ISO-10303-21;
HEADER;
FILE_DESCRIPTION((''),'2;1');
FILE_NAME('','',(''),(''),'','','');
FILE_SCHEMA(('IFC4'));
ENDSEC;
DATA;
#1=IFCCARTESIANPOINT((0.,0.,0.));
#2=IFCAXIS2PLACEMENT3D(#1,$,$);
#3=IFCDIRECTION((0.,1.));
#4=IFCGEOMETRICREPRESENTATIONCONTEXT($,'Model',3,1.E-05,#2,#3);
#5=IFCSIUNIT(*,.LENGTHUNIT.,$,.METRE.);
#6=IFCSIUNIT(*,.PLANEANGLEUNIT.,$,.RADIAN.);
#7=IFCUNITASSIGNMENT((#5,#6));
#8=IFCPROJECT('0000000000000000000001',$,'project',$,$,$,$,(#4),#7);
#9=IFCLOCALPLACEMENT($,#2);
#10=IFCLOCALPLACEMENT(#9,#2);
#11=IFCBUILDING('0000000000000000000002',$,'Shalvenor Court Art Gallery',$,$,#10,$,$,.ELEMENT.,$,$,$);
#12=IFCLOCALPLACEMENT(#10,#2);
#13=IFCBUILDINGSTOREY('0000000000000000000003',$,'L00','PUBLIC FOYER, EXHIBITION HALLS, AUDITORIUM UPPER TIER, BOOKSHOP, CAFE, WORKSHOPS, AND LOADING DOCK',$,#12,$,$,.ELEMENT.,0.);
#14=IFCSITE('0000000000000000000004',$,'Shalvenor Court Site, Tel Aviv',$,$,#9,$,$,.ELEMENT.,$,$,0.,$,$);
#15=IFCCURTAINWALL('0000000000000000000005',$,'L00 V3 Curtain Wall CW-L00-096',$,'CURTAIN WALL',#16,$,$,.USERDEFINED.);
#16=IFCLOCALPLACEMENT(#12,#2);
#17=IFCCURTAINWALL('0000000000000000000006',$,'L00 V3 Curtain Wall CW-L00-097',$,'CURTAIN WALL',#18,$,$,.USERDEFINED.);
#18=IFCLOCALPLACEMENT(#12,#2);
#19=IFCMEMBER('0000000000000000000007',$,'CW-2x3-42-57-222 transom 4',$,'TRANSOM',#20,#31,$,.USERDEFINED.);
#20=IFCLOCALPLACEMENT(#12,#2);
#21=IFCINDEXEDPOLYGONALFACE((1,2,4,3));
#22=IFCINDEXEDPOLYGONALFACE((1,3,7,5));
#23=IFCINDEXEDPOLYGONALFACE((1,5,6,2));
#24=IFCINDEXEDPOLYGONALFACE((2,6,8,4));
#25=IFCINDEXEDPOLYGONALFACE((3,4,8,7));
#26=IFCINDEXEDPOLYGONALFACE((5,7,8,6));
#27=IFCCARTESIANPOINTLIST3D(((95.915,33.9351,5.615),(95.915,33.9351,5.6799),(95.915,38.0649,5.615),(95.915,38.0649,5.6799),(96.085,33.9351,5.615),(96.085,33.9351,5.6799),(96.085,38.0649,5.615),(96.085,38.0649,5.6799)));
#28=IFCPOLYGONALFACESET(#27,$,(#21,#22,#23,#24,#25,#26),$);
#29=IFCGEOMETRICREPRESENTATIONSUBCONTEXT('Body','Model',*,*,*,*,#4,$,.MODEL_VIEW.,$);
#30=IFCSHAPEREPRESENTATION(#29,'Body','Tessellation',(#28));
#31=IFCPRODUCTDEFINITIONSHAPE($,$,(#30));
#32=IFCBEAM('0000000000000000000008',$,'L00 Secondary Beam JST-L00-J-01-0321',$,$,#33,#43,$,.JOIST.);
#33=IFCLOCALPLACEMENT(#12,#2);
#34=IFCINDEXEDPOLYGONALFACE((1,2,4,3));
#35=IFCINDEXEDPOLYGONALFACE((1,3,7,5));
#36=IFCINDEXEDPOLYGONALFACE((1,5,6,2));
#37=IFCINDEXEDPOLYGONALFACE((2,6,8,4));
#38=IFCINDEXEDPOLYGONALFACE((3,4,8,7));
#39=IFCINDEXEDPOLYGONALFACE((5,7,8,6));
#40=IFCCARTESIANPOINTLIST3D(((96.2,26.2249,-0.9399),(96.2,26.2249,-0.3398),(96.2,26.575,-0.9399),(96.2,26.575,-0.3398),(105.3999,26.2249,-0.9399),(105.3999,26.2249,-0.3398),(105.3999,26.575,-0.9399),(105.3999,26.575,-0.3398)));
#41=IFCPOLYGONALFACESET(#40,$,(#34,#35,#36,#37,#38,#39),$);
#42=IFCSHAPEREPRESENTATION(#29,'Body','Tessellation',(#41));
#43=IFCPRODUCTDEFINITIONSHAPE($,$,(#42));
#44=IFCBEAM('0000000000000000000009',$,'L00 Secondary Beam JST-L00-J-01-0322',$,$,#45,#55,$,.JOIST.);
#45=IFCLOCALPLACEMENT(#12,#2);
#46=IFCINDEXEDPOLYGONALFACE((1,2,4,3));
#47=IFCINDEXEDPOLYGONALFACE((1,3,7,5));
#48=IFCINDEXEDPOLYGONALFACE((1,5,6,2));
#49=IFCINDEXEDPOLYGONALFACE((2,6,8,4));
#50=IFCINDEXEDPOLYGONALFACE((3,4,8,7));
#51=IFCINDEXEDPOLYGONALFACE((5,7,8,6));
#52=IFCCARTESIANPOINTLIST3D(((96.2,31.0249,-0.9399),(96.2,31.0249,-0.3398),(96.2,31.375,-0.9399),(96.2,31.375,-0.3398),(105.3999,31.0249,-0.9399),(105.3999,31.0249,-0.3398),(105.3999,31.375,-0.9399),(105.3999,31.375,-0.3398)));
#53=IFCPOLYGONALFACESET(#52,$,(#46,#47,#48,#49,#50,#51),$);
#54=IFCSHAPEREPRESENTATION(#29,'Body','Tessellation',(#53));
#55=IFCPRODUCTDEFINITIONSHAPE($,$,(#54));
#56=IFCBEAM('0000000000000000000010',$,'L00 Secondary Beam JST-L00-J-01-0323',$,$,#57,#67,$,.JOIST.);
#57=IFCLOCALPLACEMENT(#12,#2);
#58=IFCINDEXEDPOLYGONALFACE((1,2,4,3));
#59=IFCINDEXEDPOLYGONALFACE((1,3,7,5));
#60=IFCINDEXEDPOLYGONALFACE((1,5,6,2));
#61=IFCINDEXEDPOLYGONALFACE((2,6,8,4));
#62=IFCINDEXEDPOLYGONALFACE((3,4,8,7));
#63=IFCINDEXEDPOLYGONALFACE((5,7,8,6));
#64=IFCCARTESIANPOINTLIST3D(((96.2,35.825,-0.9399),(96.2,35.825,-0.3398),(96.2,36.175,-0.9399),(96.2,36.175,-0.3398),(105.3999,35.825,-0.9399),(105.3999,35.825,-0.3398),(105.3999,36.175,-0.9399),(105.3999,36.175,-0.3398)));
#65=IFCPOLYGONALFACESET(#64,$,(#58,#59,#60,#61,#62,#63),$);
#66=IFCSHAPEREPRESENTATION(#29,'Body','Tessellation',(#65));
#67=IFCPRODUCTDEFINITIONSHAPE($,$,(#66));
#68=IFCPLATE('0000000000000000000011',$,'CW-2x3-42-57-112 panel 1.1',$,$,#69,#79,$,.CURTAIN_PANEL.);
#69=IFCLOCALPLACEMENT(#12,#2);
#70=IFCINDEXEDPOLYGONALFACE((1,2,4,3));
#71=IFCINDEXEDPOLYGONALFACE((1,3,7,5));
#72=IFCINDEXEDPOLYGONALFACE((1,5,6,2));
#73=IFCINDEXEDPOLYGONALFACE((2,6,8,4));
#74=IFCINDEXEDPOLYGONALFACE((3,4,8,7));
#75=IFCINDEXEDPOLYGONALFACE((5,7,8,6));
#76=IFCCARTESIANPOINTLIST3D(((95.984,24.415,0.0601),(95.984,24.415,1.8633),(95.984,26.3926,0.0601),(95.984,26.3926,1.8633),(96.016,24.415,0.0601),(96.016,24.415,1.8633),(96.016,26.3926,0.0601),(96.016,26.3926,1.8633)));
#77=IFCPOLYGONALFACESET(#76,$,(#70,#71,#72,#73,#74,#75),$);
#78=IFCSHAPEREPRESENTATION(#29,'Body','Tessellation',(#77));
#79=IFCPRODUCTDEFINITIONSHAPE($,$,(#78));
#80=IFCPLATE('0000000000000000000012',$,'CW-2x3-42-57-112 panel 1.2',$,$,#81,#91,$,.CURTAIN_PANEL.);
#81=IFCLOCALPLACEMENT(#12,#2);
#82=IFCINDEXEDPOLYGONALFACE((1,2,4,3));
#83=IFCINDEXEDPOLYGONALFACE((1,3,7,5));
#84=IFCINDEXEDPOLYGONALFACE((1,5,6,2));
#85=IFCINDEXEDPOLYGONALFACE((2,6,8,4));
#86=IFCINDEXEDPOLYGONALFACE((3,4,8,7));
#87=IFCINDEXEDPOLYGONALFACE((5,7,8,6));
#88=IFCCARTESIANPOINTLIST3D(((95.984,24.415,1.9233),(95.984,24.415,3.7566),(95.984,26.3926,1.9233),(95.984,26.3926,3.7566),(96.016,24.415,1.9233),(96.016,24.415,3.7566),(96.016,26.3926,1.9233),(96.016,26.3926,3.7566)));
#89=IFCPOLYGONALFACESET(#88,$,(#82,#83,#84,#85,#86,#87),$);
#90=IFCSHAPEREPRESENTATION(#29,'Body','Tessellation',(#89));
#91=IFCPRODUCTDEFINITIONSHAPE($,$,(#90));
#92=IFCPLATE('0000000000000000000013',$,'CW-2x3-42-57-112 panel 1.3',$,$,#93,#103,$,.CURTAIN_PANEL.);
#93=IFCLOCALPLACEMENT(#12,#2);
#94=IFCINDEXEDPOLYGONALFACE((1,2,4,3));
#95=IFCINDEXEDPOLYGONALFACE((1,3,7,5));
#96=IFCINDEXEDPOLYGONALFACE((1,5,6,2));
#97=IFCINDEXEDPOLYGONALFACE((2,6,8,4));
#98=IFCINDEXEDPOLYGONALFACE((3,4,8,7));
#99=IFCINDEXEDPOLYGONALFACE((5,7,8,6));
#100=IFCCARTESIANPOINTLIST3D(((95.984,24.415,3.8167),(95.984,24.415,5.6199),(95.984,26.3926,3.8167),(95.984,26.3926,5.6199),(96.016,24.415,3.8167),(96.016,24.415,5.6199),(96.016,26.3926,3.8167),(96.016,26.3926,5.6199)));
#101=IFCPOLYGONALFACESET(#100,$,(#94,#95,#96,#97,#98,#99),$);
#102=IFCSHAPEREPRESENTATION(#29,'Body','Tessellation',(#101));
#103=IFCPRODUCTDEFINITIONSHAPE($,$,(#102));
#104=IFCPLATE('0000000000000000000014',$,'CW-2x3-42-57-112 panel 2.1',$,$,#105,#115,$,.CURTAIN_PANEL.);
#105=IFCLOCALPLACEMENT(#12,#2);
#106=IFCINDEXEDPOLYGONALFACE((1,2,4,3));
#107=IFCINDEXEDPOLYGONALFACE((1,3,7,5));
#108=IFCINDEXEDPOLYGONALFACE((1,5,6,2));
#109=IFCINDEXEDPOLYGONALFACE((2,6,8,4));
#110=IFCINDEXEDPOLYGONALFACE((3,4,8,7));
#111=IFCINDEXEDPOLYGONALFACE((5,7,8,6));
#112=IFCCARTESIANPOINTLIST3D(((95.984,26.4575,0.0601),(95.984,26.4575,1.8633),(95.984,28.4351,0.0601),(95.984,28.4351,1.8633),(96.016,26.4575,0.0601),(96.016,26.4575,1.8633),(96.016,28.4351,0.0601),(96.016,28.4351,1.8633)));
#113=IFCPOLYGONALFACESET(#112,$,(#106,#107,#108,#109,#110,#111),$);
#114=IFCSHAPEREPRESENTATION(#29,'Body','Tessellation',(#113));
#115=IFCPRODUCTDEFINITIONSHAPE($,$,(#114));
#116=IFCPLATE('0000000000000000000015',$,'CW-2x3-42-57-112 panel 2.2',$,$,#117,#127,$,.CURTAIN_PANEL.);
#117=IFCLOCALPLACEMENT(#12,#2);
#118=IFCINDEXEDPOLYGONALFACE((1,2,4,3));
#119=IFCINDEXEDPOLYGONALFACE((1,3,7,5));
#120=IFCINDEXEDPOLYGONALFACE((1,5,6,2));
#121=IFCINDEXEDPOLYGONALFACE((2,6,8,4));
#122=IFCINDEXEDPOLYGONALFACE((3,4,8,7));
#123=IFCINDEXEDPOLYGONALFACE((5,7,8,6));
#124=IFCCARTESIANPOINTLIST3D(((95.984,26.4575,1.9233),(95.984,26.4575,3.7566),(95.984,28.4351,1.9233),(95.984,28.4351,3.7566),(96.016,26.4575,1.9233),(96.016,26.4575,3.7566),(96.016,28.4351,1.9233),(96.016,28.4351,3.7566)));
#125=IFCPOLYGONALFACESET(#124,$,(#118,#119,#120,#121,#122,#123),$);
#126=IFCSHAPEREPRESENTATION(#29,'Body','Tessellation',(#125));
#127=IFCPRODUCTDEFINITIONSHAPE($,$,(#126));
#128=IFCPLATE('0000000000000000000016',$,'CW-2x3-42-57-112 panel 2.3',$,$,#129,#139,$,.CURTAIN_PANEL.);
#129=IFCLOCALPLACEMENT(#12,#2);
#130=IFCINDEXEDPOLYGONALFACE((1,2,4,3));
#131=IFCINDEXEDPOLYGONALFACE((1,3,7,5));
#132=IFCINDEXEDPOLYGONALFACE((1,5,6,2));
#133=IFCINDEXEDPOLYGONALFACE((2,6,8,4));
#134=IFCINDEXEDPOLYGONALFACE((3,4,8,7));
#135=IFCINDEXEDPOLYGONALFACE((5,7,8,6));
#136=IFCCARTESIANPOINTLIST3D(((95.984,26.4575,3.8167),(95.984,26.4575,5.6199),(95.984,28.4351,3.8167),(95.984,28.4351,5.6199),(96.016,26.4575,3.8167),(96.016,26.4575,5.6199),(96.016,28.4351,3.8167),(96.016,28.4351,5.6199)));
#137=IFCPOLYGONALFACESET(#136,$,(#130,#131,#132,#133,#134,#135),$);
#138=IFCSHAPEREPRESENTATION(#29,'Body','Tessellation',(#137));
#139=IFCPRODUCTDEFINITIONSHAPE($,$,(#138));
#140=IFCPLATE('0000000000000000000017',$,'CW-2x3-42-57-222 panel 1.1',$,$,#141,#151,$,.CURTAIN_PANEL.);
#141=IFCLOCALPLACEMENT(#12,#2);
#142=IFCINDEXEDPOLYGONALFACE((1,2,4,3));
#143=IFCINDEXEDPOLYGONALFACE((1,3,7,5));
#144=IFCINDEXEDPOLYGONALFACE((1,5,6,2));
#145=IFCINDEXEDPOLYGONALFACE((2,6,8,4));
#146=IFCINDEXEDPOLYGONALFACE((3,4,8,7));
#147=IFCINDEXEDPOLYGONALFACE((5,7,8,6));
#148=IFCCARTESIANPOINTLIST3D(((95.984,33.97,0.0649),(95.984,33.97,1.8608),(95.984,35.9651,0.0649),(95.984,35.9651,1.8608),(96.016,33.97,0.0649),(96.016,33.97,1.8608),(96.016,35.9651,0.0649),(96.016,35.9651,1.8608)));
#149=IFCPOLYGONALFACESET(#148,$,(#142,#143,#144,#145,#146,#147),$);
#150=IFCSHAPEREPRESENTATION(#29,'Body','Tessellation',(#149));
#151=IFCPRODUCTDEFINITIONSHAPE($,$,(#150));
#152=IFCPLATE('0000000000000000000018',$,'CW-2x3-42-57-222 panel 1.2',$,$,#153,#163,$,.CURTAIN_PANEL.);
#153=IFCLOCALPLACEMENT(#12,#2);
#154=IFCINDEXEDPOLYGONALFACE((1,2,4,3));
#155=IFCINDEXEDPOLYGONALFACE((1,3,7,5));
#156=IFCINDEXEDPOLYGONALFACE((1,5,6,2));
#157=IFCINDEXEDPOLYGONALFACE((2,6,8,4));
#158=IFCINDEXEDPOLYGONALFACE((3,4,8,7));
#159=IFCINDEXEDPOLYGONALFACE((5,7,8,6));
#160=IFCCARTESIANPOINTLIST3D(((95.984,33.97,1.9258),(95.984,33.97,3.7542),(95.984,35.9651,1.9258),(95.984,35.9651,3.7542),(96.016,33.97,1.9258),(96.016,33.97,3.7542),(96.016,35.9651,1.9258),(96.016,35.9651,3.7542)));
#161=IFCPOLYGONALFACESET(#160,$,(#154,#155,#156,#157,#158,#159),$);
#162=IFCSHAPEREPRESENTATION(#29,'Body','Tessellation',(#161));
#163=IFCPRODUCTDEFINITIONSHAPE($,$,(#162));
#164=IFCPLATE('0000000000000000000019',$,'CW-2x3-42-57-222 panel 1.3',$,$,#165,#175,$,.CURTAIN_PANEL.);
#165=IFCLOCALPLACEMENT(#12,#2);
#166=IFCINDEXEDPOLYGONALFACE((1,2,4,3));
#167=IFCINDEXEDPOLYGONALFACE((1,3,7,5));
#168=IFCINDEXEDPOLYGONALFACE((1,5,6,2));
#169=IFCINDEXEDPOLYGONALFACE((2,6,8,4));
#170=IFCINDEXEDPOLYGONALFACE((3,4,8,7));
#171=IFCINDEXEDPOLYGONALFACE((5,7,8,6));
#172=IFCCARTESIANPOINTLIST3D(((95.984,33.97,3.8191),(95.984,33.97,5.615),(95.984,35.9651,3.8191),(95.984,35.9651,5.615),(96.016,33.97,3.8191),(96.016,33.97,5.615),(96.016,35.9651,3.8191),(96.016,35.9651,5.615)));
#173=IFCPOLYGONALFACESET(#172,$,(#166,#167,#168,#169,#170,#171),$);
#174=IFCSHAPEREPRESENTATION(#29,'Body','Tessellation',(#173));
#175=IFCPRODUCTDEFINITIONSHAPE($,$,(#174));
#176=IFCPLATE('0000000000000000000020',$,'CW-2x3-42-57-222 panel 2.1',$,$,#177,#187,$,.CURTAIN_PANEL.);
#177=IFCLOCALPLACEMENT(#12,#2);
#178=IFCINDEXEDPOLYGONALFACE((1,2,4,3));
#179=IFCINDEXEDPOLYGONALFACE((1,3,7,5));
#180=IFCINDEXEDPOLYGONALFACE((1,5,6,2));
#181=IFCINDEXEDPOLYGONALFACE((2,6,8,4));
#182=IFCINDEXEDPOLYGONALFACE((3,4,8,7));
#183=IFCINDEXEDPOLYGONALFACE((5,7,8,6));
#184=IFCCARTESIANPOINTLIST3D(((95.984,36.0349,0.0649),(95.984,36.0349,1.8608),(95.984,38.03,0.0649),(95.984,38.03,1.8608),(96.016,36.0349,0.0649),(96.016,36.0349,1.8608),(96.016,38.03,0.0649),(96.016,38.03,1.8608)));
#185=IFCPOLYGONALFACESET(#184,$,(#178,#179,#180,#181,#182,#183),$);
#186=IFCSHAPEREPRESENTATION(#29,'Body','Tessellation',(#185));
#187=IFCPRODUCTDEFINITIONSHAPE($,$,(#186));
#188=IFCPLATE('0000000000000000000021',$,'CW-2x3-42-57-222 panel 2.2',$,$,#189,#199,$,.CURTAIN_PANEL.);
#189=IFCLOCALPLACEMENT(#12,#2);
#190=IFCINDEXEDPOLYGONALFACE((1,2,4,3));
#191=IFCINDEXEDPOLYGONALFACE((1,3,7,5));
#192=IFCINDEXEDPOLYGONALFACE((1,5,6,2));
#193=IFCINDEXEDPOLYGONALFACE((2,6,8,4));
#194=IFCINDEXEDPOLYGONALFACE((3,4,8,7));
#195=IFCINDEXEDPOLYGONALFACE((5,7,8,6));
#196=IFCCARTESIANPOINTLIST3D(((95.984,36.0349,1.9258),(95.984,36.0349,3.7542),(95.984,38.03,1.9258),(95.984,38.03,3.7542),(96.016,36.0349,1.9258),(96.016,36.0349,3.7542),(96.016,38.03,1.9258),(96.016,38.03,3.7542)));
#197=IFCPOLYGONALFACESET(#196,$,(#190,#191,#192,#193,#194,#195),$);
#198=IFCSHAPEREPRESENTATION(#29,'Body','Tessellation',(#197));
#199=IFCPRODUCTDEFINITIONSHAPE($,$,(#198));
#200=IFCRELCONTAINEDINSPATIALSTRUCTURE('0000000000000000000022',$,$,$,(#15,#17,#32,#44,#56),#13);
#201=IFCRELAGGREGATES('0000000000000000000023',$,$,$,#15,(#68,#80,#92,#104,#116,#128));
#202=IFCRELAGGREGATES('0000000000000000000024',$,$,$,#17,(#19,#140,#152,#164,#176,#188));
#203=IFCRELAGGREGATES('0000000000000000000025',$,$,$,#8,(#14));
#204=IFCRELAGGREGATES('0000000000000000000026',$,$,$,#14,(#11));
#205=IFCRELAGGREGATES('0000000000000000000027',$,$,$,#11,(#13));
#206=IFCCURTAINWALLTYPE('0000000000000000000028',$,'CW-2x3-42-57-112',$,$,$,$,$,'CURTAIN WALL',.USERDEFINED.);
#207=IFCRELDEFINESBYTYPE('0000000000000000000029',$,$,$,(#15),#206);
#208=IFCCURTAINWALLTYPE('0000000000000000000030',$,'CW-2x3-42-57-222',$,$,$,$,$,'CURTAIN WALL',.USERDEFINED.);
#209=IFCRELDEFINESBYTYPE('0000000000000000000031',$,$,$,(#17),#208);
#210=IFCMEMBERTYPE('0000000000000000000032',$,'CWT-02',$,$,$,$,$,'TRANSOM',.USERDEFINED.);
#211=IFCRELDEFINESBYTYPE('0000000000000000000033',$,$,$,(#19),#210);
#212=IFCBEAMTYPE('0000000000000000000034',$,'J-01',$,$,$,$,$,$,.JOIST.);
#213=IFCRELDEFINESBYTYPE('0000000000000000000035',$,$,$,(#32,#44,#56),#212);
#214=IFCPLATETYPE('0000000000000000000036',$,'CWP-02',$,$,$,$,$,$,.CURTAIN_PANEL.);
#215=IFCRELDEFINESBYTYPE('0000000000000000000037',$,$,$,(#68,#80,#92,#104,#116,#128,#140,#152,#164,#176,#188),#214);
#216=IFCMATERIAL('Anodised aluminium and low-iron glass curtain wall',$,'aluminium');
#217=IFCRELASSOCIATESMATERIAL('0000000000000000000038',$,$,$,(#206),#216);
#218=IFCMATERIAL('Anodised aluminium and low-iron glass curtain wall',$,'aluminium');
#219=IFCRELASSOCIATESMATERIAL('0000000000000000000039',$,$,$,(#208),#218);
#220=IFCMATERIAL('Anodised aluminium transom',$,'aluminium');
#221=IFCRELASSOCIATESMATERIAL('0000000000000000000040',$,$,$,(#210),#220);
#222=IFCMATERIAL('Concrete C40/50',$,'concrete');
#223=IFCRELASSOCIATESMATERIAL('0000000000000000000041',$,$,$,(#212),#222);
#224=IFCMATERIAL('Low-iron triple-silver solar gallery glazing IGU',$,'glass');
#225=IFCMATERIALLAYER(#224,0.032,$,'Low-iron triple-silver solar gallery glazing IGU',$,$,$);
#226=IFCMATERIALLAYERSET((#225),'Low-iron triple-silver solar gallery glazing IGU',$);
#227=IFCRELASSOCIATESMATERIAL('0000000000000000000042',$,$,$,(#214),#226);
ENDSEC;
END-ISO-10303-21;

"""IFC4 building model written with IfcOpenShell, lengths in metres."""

from ifc_helpers import new_model, si_unit, direction, frame, origin, origin_2d, place, context, subcontext, project, spatial, rectangle, extrude, material, layer, layer_set, material_profile, profile_set, type_object, element, aggregate, save


model = new_model("IFC4")

# Units and contexts
model_context = context("Model", 3, precision=1e-05, world=origin(), true_north=direction((0.0, 1.0)))
body_context = subcontext(model_context, "Body", "Model", "MODEL_VIEW")
ifc_project = project(units=[si_unit("LENGTHUNIT", "METRE"), si_unit("PLANEANGLEUNIT", "RADIAN")], contexts=[model_context])

# Site, building, storey
site_placement = place(None, origin())
site = spatial("IfcSite", under=ifc_project, at=site_placement, Name="Shalvenor Court Site, Tel Aviv", CompositionType="ELEMENT", RefElevation=0.0)
building_placement = place(site_placement, origin())
building = spatial("IfcBuilding", under=site, at=building_placement, Name="Shalvenor Court Art Gallery", CompositionType="ELEMENT")
storey_placement = place(building_placement, origin())
storey = spatial("IfcBuildingStorey", under=building, at=storey_placement, Name="L00", Description="PUBLIC FOYER, EXHIBITION HALLS, AUDITORIUM UPPER TIER, BOOKSHOP, CAFE, WORKSHOPS, AND LOADING DOCK", CompositionType="ELEMENT", Elevation=0.0)

# Curtain walls
ifc_material_1 = material(Name="Anodised aluminium and low-iron glass curtain wall", Category="aluminium")
curtain_wall_type_1 = type_object("IfcCurtainWallType", Name="CW-2x3-42-57-112", ElementType="CURTAIN WALL", PredefinedType="USERDEFINED", material=ifc_material_1)
curtain_wall_1_placement = place(storey_placement, origin())
curtain_wall_1 = element("IfcCurtainWall", 1, at=curtain_wall_1_placement, inside=storey, type_object=curtain_wall_type_1, Name="L00 V3 Curtain Wall CW-L00-096", ObjectType="CURTAIN WALL", PredefinedType="USERDEFINED")
ifc_material_2 = material(Name="Anodised aluminium and low-iron glass curtain wall", Category="aluminium")
curtain_wall_type_2 = type_object("IfcCurtainWallType", Name="CW-2x3-42-57-222", ElementType="CURTAIN WALL", PredefinedType="USERDEFINED", material=ifc_material_2)
curtain_wall_2_placement = place(storey_placement, origin())
curtain_wall_2 = element("IfcCurtainWall", 2, at=curtain_wall_2_placement, inside=storey, type_object=curtain_wall_type_2, Name="L00 V3 Curtain Wall CW-L00-097", ObjectType="CURTAIN WALL", PredefinedType="USERDEFINED")

# Member
ifc_material_3 = material(Name="Anodised aluminium transom", Category="aluminium")
ifc_material_profile_1 = material_profile(ifc_material_3, rectangle(XDim=0.1699, YDim=0.0649, at=origin_2d()), Name="CWT-02")
ifc_profile_set_1 = profile_set([ifc_material_profile_1], Name="Anodised aluminium transom")
member_type_1 = type_object("IfcMemberType", Name="CWT-02", ElementType="TRANSOM", PredefinedType="USERDEFINED", material=ifc_profile_set_1)
member_1_placement = place(storey_placement, frame((96.0, 33.9351, 5.6475), z_axis=(0.0, 1.0, 0.0), x_axis=(-1.0, 0.0, 0.0)))
member_1 = element("IfcMember", 3, at=member_1_placement, type_object=member_type_1, Name="CW-2x3-42-57-222 transom 4", ObjectType="TRANSOM", PredefinedType="USERDEFINED", context=body_context, shape_type="SweptSolid", body=[
    extrude(rectangle(XDim=0.1699, YDim=0.0649, at=origin_2d()), origin(), (0.0, 0.0, 1.0), 4.1299),
])

# Beams
ifc_material_4 = material(Name="Concrete C40/50", Category="concrete")
ifc_material_profile_2 = material_profile(ifc_material_4, rectangle(XDim=0.3501, YDim=0.6001, at=origin_2d()), Name="RC 350x600")
ifc_profile_set_2 = profile_set([ifc_material_profile_2], Name="Concrete C40/50")
beam_type_1 = type_object("IfcBeamType", Name="J-01", PredefinedType="JOIST", material=ifc_profile_set_2)
for number, where, z_axis, x_axis, name in (
    (4, (96.2, 26.3999, -0.6399), (1.0, 0.0, 0.0), (0.0, 1.0, 0.0), "L00 Secondary Beam JST-L00-J-01-0321"),
    (5, (96.2, 31.2, -0.6399), (1.0, 0.0, 0.0), (0.0, 1.0, 0.0), "L00 Secondary Beam JST-L00-J-01-0322"),
    (6, (96.2, 36.0, -0.6399), (1.0, 0.0, 0.0), (0.0, 1.0, 0.0), "L00 Secondary Beam JST-L00-J-01-0323"),
):
    element("IfcBeam", number, at=place(storey_placement, frame(where, z_axis=z_axis, x_axis=x_axis)), inside=storey, type_object=beam_type_1, Name=name, PredefinedType="JOIST", context=body_context, shape_type="SweptSolid", body=[
        extrude(rectangle(XDim=0.3501, YDim=0.6001, at=origin_2d()), origin(), (0.0, 0.0, 1.0), 9.2),
    ])

# Plates
ifc_material_5 = material(Name="Low-iron triple-silver solar gallery glazing IGU", Category="glass")
ifc_layer_1 = layer(ifc_material_5, 0.032, Name="Low-iron triple-silver solar gallery glazing IGU")
ifc_layer_set_1 = layer_set([ifc_layer_1], Name="Low-iron triple-silver solar gallery glazing IGU")
plate_type_1 = type_object("IfcPlateType", Name="CWP-02", PredefinedType="CURTAIN_PANEL", material=ifc_layer_set_1)
plate_1_placement = place(storey_placement, frame((96.0, 25.4038, 0.0601), z_axis=(0.0, 0.0, 1.0), x_axis=(0.0, 1.0, 0.0)))
plate_1 = element("IfcPlate", 7, at=plate_1_placement, type_object=plate_type_1, Name="CW-2x3-42-57-112 panel 1.1", PredefinedType="CURTAIN_PANEL", context=body_context, shape_type="SweptSolid", body=[
    extrude(rectangle(XDim=1.9775, YDim=0.032, at=origin_2d()), origin(), (0.0, 0.0, 1.0), 1.8032),
])
plate_2_placement = place(storey_placement, frame((96.0, 25.4038, 1.9233), z_axis=(0.0, 0.0, 1.0), x_axis=(0.0, 1.0, 0.0)))
plate_2 = element("IfcPlate", 8, at=plate_2_placement, type_object=plate_type_1, Name="CW-2x3-42-57-112 panel 1.2", PredefinedType="CURTAIN_PANEL", context=body_context, shape_type="SweptSolid", body=[
    extrude(rectangle(XDim=1.9775, YDim=0.032, at=origin_2d()), origin(), (0.0, 0.0, 1.0), 1.8333),
])
plate_3_placement = place(storey_placement, frame((96.0, 25.4038, 3.8167), z_axis=(0.0, 0.0, 1.0), x_axis=(0.0, 1.0, 0.0)))
plate_3 = element("IfcPlate", 9, at=plate_3_placement, type_object=plate_type_1, Name="CW-2x3-42-57-112 panel 1.3", PredefinedType="CURTAIN_PANEL", context=body_context, shape_type="SweptSolid", body=[
    extrude(rectangle(XDim=1.9775, YDim=0.032, at=origin_2d()), origin(), (0.0, 0.0, 1.0), 1.8032),
])
plate_4_placement = place(storey_placement, frame((96.0, 27.4463, 0.0601), z_axis=(0.0, 0.0, 1.0), x_axis=(0.0, 1.0, 0.0)))
plate_4 = element("IfcPlate", 10, at=plate_4_placement, type_object=plate_type_1, Name="CW-2x3-42-57-112 panel 2.1", PredefinedType="CURTAIN_PANEL", context=body_context, shape_type="SweptSolid", body=[
    extrude(rectangle(XDim=1.9775, YDim=0.032, at=origin_2d()), origin(), (0.0, 0.0, 1.0), 1.8032),
])
plate_5_placement = place(storey_placement, frame((96.0, 27.4463, 1.9233), z_axis=(0.0, 0.0, 1.0), x_axis=(0.0, 1.0, 0.0)))
plate_5 = element("IfcPlate", 11, at=plate_5_placement, type_object=plate_type_1, Name="CW-2x3-42-57-112 panel 2.2", PredefinedType="CURTAIN_PANEL", context=body_context, shape_type="SweptSolid", body=[
    extrude(rectangle(XDim=1.9775, YDim=0.032, at=origin_2d()), origin(), (0.0, 0.0, 1.0), 1.8333),
])
plate_6_placement = place(storey_placement, frame((96.0, 27.4463, 3.8167), z_axis=(0.0, 0.0, 1.0), x_axis=(0.0, 1.0, 0.0)))
plate_6 = element("IfcPlate", 12, at=plate_6_placement, type_object=plate_type_1, Name="CW-2x3-42-57-112 panel 2.3", PredefinedType="CURTAIN_PANEL", context=body_context, shape_type="SweptSolid", body=[
    extrude(rectangle(XDim=1.9775, YDim=0.032, at=origin_2d()), origin(), (0.0, 0.0, 1.0), 1.8032),
])
aggregate(curtain_wall_1, [plate_1, plate_2, plate_3, plate_4, plate_5, plate_6])
plate_7_placement = place(storey_placement, frame((96.0, 34.9675, 0.0649), z_axis=(0.0, 0.0, 1.0), x_axis=(0.0, 1.0, 0.0)))
plate_7 = element("IfcPlate", 13, at=plate_7_placement, type_object=plate_type_1, Name="CW-2x3-42-57-222 panel 1.1", PredefinedType="CURTAIN_PANEL", context=body_context, shape_type="SweptSolid", body=[
    extrude(rectangle(XDim=1.9951, YDim=0.032, at=origin_2d()), origin(), (0.0, 0.0, 1.0), 1.7959),
])
plate_8_placement = place(storey_placement, frame((96.0, 34.9675, 1.9258), z_axis=(0.0, 0.0, 1.0), x_axis=(0.0, 1.0, 0.0)))
plate_8 = element("IfcPlate", 14, at=plate_8_placement, type_object=plate_type_1, Name="CW-2x3-42-57-222 panel 1.2", PredefinedType="CURTAIN_PANEL", context=body_context, shape_type="SweptSolid", body=[
    extrude(rectangle(XDim=1.9951, YDim=0.032, at=origin_2d()), origin(), (0.0, 0.0, 1.0), 1.8284),
])
plate_9_placement = place(storey_placement, frame((96.0, 34.9675, 3.8191), z_axis=(0.0, 0.0, 1.0), x_axis=(0.0, 1.0, 0.0)))
plate_9 = element("IfcPlate", 15, at=plate_9_placement, type_object=plate_type_1, Name="CW-2x3-42-57-222 panel 1.3", PredefinedType="CURTAIN_PANEL", context=body_context, shape_type="SweptSolid", body=[
    extrude(rectangle(XDim=1.9951, YDim=0.032, at=origin_2d()), origin(), (0.0, 0.0, 1.0), 1.7959),
])
plate_10_placement = place(storey_placement, frame((96.0, 37.0325, 0.0649), z_axis=(0.0, 0.0, 1.0), x_axis=(0.0, 1.0, 0.0)))
plate_10 = element("IfcPlate", 16, at=plate_10_placement, type_object=plate_type_1, Name="CW-2x3-42-57-222 panel 2.1", PredefinedType="CURTAIN_PANEL", context=body_context, shape_type="SweptSolid", body=[
    extrude(rectangle(XDim=1.9951, YDim=0.032, at=origin_2d()), origin(), (0.0, 0.0, 1.0), 1.7959),
])
plate_11_placement = place(storey_placement, frame((96.0, 37.0325, 1.9258), z_axis=(0.0, 0.0, 1.0), x_axis=(0.0, 1.0, 0.0)))
plate_11 = element("IfcPlate", 17, at=plate_11_placement, type_object=plate_type_1, Name="CW-2x3-42-57-222 panel 2.2", PredefinedType="CURTAIN_PANEL", context=body_context, shape_type="SweptSolid", body=[
    extrude(rectangle(XDim=1.9951, YDim=0.032, at=origin_2d()), origin(), (0.0, 0.0, 1.0), 1.8284),
])
aggregate(curtain_wall_2, [member_1, plate_7, plate_8, plate_9, plate_10, plate_11])

save(model, "model.ifc")
